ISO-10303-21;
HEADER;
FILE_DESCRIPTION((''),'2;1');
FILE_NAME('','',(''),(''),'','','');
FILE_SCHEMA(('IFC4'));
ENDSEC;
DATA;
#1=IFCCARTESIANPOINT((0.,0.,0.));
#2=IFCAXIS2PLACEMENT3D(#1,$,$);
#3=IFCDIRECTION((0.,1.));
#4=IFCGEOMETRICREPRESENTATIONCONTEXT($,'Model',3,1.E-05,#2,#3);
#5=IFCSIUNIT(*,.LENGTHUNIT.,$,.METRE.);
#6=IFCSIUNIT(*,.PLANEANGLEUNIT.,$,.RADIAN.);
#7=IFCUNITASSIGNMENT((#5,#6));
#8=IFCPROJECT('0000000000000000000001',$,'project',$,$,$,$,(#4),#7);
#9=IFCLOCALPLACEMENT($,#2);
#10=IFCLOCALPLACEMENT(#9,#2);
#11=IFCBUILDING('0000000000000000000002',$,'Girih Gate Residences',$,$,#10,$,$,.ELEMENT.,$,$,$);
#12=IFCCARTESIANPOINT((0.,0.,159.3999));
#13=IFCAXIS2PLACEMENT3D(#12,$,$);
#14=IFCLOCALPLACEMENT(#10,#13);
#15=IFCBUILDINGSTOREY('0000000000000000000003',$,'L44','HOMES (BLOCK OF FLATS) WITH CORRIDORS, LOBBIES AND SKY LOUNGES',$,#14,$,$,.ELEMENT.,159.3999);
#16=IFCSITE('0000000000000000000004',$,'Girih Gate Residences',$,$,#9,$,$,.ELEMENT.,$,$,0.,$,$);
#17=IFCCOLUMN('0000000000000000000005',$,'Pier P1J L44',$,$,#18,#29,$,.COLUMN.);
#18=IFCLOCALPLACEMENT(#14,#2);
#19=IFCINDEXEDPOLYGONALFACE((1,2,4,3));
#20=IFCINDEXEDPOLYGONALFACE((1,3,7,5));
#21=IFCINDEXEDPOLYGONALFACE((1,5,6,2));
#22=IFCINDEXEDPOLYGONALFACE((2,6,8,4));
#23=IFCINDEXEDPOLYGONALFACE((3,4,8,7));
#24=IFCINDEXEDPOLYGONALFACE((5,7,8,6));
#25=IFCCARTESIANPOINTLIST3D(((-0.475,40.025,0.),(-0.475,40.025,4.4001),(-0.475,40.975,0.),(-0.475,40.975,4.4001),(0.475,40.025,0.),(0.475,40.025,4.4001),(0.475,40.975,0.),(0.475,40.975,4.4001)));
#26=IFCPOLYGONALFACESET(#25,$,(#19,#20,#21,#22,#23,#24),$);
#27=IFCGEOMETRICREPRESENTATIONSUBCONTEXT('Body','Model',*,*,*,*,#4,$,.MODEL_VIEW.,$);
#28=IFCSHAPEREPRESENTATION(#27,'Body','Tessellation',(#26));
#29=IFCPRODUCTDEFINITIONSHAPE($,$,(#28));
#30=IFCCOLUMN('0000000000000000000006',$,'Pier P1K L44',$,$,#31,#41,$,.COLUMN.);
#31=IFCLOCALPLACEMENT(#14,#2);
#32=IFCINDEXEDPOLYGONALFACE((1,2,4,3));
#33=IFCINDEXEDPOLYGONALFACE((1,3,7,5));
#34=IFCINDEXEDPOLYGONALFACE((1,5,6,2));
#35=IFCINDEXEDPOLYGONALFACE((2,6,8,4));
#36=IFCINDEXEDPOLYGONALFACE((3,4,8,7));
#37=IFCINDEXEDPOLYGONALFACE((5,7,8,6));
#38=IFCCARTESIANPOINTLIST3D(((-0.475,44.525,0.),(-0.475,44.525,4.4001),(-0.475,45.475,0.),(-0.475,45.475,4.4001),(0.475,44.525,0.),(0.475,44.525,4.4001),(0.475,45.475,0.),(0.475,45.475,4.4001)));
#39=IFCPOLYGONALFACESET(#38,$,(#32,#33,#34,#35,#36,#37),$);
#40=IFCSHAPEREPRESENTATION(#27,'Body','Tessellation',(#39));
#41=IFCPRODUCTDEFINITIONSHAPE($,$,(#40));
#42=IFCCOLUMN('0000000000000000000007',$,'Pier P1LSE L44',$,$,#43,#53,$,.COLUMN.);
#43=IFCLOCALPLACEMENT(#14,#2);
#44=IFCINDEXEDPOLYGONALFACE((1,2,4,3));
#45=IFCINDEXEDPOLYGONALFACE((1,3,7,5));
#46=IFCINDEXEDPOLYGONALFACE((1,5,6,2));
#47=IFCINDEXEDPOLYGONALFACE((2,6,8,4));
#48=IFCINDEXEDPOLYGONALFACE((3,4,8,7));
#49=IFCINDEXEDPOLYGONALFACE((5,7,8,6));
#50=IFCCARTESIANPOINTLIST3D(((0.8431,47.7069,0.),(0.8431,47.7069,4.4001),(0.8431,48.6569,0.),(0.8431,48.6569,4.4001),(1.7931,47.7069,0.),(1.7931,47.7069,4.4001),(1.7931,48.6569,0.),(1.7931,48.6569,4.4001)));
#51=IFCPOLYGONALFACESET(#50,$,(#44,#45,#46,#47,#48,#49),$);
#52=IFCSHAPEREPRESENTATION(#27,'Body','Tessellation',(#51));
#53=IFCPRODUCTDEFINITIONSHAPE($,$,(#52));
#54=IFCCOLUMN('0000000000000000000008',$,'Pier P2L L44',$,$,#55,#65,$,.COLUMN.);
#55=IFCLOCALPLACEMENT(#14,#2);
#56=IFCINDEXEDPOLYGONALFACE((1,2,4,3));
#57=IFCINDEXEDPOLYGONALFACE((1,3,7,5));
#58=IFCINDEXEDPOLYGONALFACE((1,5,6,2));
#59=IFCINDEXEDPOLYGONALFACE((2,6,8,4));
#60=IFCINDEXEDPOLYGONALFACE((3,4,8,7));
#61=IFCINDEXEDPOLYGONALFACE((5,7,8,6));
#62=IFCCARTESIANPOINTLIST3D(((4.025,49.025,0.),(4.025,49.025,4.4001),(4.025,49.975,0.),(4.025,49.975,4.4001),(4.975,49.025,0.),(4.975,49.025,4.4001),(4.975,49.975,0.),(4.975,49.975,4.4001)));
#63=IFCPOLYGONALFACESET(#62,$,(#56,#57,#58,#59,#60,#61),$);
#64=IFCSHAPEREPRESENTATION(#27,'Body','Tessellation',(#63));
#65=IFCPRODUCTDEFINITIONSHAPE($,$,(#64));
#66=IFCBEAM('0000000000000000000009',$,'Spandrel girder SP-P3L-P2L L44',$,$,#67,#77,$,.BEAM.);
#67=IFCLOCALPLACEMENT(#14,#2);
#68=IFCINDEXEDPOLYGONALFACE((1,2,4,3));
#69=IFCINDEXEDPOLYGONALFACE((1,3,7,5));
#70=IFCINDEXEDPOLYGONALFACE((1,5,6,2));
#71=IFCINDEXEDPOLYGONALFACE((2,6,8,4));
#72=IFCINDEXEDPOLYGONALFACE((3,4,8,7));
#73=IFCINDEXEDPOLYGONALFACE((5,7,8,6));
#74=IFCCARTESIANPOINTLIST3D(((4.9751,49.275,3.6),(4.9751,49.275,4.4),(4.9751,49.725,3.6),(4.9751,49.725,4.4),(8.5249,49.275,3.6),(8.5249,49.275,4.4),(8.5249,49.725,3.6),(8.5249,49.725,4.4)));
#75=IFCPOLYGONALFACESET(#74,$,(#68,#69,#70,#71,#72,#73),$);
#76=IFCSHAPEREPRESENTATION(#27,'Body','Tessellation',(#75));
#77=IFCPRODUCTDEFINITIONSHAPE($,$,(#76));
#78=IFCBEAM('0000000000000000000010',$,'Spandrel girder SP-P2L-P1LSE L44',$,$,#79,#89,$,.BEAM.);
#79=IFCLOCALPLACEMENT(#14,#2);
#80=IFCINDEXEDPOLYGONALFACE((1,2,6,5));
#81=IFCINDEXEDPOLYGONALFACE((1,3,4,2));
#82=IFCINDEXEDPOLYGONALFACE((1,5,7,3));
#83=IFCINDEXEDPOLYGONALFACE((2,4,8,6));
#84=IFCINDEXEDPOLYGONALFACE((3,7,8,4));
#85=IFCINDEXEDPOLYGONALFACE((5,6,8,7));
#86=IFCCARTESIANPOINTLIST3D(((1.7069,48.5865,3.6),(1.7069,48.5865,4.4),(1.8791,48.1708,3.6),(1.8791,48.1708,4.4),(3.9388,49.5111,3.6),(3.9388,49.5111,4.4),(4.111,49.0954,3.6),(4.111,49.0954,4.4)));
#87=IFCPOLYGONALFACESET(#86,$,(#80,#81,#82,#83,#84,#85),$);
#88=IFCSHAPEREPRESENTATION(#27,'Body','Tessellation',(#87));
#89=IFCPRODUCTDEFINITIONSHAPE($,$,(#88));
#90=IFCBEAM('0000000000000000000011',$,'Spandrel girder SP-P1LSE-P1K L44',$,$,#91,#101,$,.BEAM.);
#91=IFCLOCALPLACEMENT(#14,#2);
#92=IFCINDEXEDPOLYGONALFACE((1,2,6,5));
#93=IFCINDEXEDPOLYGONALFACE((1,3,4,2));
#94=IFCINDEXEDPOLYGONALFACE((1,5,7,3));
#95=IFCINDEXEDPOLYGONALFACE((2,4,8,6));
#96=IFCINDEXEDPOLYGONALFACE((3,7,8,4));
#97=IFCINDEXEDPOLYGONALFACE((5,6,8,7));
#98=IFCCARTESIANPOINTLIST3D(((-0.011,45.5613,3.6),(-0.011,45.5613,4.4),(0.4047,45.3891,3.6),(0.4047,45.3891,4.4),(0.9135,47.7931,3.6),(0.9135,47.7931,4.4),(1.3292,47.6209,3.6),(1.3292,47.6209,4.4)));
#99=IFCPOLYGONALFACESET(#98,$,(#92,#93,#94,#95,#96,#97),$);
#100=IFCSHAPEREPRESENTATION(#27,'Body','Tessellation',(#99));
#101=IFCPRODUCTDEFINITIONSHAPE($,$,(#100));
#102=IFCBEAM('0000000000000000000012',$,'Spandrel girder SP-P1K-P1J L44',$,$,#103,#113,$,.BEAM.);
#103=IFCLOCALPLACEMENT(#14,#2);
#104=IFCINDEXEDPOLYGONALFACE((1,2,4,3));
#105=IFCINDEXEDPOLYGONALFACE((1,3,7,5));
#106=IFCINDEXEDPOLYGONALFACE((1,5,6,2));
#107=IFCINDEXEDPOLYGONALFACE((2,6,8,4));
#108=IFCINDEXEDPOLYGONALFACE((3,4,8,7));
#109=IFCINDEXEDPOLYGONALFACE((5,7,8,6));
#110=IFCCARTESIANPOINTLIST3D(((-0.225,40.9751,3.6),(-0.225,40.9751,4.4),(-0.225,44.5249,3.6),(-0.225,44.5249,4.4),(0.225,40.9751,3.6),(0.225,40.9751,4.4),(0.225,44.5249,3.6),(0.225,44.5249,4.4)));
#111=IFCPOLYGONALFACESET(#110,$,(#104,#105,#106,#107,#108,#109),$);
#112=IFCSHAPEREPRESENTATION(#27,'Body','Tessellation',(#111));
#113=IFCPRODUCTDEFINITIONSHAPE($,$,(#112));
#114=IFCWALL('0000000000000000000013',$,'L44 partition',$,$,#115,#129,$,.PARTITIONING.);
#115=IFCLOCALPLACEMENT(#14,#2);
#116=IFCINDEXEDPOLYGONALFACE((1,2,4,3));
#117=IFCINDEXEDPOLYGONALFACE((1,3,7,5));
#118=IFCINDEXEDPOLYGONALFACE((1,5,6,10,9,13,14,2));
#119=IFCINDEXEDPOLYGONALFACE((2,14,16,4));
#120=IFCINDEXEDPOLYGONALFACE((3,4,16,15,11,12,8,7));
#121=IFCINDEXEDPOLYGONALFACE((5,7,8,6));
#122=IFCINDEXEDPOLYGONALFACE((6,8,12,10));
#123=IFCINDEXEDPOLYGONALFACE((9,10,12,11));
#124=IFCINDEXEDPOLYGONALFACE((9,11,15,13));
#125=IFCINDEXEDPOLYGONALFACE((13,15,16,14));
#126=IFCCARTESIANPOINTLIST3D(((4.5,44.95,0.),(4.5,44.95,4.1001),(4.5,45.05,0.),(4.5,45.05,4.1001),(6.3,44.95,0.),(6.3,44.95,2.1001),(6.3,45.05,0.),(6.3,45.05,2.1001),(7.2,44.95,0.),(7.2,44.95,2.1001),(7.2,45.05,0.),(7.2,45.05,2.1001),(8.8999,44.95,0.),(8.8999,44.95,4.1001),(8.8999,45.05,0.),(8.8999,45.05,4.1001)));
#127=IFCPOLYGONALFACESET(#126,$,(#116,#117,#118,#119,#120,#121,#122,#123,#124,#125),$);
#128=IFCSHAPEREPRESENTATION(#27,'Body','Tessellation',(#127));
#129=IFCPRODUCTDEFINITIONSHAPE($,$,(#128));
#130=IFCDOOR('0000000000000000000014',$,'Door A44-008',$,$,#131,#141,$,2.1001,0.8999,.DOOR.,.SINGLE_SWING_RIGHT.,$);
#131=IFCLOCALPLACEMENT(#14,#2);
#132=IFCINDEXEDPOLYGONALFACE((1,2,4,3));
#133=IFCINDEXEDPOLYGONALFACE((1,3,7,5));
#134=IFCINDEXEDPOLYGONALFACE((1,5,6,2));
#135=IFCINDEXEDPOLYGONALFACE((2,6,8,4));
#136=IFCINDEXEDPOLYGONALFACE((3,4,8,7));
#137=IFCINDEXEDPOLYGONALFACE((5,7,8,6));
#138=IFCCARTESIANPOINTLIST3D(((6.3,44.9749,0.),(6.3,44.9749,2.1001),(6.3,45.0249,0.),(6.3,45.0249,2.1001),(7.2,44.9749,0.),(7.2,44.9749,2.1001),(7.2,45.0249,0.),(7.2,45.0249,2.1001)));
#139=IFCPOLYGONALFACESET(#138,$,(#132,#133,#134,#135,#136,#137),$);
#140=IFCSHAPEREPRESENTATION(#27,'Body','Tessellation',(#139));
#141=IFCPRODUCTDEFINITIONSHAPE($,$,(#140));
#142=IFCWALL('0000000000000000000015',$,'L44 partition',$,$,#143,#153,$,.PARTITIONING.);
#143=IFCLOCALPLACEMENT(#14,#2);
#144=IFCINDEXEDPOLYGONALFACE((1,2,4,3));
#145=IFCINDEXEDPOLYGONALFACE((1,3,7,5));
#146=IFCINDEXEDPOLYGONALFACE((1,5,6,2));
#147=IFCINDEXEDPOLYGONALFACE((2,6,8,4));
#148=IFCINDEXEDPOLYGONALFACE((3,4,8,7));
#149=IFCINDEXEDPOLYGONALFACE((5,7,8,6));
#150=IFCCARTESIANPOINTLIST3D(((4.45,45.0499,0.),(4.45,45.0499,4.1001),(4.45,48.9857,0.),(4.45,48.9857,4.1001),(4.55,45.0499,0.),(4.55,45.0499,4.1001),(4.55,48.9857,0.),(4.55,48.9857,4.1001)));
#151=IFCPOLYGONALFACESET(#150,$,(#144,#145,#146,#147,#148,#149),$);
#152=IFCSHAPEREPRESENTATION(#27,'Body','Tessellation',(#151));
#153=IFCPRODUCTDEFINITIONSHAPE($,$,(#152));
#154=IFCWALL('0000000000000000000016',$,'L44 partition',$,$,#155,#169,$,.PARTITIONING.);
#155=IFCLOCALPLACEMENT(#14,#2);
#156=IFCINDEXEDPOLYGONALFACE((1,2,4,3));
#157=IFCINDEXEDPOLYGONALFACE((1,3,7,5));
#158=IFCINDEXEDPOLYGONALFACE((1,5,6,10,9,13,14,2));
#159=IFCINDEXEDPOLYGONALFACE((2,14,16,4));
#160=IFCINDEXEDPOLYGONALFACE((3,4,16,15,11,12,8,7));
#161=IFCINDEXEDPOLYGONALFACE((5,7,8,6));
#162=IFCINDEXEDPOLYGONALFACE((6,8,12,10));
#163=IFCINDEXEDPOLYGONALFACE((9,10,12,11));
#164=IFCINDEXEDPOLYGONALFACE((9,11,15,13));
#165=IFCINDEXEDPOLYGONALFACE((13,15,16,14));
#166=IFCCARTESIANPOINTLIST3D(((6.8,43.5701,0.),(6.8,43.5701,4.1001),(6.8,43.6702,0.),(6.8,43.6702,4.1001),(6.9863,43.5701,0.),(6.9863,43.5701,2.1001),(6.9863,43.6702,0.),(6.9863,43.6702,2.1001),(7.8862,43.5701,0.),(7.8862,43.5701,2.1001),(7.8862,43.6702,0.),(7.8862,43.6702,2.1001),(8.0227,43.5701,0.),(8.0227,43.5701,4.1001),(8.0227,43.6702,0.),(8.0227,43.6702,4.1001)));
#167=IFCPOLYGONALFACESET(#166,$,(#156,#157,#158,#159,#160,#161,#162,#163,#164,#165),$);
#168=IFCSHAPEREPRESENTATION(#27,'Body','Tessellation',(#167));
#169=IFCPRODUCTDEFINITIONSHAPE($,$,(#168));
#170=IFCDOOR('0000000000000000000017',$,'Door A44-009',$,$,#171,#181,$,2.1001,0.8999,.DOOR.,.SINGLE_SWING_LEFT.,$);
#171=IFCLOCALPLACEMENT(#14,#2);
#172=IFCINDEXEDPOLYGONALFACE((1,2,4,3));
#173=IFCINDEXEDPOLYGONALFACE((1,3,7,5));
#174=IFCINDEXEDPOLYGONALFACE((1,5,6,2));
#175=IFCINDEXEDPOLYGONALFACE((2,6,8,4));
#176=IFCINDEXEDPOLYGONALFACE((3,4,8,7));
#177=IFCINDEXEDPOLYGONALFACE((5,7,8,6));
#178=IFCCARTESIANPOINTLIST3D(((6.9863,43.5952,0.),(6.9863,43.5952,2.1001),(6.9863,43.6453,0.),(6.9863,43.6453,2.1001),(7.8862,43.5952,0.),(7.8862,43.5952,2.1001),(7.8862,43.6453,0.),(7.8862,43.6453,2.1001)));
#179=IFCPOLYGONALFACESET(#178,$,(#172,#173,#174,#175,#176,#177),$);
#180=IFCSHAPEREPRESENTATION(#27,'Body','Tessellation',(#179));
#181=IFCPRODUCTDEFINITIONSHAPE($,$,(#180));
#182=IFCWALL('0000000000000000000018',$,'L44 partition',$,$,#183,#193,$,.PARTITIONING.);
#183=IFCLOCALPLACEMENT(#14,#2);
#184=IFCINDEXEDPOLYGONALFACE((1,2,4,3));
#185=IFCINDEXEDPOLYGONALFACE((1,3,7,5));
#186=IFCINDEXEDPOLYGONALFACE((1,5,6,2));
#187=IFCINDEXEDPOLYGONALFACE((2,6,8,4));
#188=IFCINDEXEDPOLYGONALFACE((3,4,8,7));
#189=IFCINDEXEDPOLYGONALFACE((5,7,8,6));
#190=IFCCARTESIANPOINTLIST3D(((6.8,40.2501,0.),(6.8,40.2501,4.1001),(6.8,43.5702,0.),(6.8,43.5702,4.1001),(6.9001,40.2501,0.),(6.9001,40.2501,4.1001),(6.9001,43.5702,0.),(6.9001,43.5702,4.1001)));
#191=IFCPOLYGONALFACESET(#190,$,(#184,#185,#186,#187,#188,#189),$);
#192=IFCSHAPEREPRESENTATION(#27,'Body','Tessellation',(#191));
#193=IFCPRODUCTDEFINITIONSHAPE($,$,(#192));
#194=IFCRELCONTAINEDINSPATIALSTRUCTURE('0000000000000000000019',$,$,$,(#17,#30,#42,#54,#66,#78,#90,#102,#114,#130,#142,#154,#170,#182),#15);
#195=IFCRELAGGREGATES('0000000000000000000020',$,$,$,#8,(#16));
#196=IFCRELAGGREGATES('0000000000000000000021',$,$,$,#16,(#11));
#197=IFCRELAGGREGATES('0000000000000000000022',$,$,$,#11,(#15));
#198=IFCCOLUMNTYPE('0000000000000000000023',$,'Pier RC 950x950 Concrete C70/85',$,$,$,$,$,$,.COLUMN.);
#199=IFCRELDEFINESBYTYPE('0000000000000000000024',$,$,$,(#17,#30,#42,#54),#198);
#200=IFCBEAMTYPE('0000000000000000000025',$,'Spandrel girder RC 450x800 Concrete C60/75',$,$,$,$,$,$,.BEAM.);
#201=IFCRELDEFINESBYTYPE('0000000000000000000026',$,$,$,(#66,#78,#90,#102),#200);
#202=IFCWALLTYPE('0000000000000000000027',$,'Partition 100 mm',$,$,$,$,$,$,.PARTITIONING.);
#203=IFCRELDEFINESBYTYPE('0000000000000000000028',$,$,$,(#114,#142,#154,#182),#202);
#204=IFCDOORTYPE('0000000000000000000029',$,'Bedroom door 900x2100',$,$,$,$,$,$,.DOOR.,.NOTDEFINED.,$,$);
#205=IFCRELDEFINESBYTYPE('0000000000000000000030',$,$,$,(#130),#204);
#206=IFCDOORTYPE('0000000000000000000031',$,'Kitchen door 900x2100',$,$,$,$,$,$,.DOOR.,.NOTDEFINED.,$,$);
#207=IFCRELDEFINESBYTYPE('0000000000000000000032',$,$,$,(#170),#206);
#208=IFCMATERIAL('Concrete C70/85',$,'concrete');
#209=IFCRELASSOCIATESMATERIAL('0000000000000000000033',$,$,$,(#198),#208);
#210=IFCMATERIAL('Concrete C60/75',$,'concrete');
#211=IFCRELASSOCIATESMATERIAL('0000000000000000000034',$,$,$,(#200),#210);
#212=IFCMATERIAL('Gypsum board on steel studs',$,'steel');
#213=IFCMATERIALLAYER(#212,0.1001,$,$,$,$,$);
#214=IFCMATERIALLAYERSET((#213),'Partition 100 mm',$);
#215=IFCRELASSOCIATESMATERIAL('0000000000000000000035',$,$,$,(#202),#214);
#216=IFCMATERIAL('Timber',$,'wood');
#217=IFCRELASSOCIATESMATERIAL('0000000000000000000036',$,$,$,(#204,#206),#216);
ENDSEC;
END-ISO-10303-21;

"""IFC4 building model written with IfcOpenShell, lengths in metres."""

from ifc_helpers import new_model, si_unit, direction, frame, frame_2d, origin, origin_2d, place, context, subcontext, project, spatial, rectangle, extrude, material, layer, layer_set, material_profile, profile_set, type_object, element, fill, save


model = new_model("IFC4")

# Units and contexts
model_context = context("Model", 3, precision=1e-05, world=origin(), true_north=direction((0.0, 1.0)))
body_context = subcontext(model_context, "Body", "Model", "MODEL_VIEW")
ifc_project = project(units=[si_unit("LENGTHUNIT", "METRE"), si_unit("PLANEANGLEUNIT", "RADIAN")], contexts=[model_context])

# Site, building, storey
site_placement = place(None, origin())
site = spatial("IfcSite", under=ifc_project, at=site_placement, Name="Girih Gate Residences", CompositionType="ELEMENT", RefElevation=0.0)
building_placement = place(site_placement, origin())
building = spatial("IfcBuilding", under=site, at=building_placement, Name="Girih Gate Residences", CompositionType="ELEMENT")
storey_placement = place(building_placement, frame((0.0, 0.0, 159.3999)))
storey = spatial("IfcBuildingStorey", under=building, at=storey_placement, Name="L44", Description="HOMES (BLOCK OF FLATS) WITH CORRIDORS, LOBBIES AND SKY LOUNGES", CompositionType="ELEMENT", Elevation=159.3999)

# Columns
ifc_material_1 = material(Name="Concrete C70/85", Category="concrete")
ifc_material_profile_1 = material_profile(ifc_material_1, rectangle(XDim=0.95, YDim=0.95, at=origin_2d()))
ifc_profile_set_1 = profile_set([ifc_material_profile_1], Name="Concrete C70/85")
column_type = type_object("IfcColumnType", Name="Pier RC 950x950 Concrete C70/85", PredefinedType="COLUMN", material=ifc_profile_set_1)
for number, where, z_axis, x_axis, name in (
    (1, (0.0, 40.5, 0.0), (0.0, 0.0, 1.0), (1.0, 0.0, 0.0), "Pier P1J L44"),
    (2, (0.0, 45.0, 0.0), (0.0, 0.0, 1.0), (1.0, 0.0, 0.0), "Pier P1K L44"),
    (3, (1.3181, 48.1819, 0.0), (0.0, 0.0, 1.0), (1.0, 0.0, 0.0), "Pier P1LSE L44"),
    (4, (4.5, 49.5, 0.0), (0.0, 0.0, 1.0), (1.0, 0.0, 0.0), "Pier P2L L44"),
):
    element("IfcColumn", number, at=place(storey_placement, frame(where, z_axis=z_axis, x_axis=x_axis)), inside=storey, type_object=column_type, Name=name, PredefinedType="COLUMN", context=body_context, shape_type="SweptSolid", body=[
        extrude(rectangle(XDim=0.95, YDim=0.95, at=origin_2d()), origin(), (0.0, 0.0, 1.0), 4.4001),
    ])

# Beams
ifc_material_2 = material(Name="Concrete C60/75", Category="concrete")
ifc_material_profile_2 = material_profile(ifc_material_2, rectangle(XDim=0.45, YDim=0.8, at=origin_2d()))
ifc_profile_set_2 = profile_set([ifc_material_profile_2], Name="Concrete C60/75")
beam_type = type_object("IfcBeamType", Name="Spandrel girder RC 450x800 Concrete C60/75", PredefinedType="BEAM", material=ifc_profile_set_2)
beam_1_placement = place(storey_placement, frame((8.5249, 49.5, 4.0), z_axis=(-1.0, 0.0, 0.0), x_axis=(0.0, -1.0, 0.0)))
element("IfcBeam", 5, at=beam_1_placement, inside=storey, type_object=beam_type, Name="Spandrel girder SP-P3L-P2L L44", PredefinedType="BEAM", context=body_context, shape_type="SweptSolid", body=[
    extrude(rectangle(XDim=0.45, YDim=0.8, at=origin_2d()), origin(), (0.0, 0.0, 1.0), 3.5498),
])
for number, where, z_axis, x_axis, name in (
    (6, (4.0249, 49.3032, 4.0), (-0.92387, -0.382706, 0.0), (0.382706, -0.92387, 0.0), "Spandrel girder SP-P2L-P1LSE L44"),
    (7, (1.1213, 47.707, 4.0), (-0.382706, -0.92387, 0.0), (0.92387, -0.382706, 0.0), "Spandrel girder SP-P1LSE-P1K L44"),
):
    element("IfcBeam", number, at=place(storey_placement, frame(where, z_axis=z_axis, x_axis=x_axis)), inside=storey, type_object=beam_type, Name=name, PredefinedType="BEAM", context=body_context, shape_type="SweptSolid", body=[
        extrude(rectangle(XDim=0.45, YDim=0.8, at=origin_2d()), origin(), (0.0, 0.0, 1.0), 2.4158),
    ])
beam_2_placement = place(storey_placement, frame((0.0, 44.5249, 4.0), z_axis=(0.0, -1.0, 0.0), x_axis=(1.0, 0.0, 0.0)))
element("IfcBeam", 8, at=beam_2_placement, inside=storey, type_object=beam_type, Name="Spandrel girder SP-P1K-P1J L44", PredefinedType="BEAM", context=body_context, shape_type="SweptSolid", body=[
    extrude(rectangle(XDim=0.45, YDim=0.8, at=origin_2d()), origin(), (0.0, 0.0, 1.0), 3.5498),
])

# Wall, opening, door
ifc_material_3 = material(Name="Gypsum board on steel studs", Category="steel")
ifc_layer_1 = layer(ifc_material_3, 0.1001)
ifc_layer_set_1 = layer_set([ifc_layer_1], Name="Partition 100 mm")
wall_type_1 = type_object("IfcWallType", Name="Partition 100 mm", PredefinedType="PARTITIONING", material=ifc_layer_set_1)
wall_1_placement = place(storey_placement, frame((4.5, 45.0, 0.0), z_axis=(0.0, 0.0, 1.0), x_axis=(1.0, 0.0, 0.0)))
wall_1 = element("IfcWall", 9, at=wall_1_placement, inside=storey, type_object=wall_type_1, Name="L44 partition", PredefinedType="PARTITIONING", context=body_context, shape_type="SweptSolid", body=[
    extrude(rectangle(XDim=4.3999, YDim=0.1001, at=frame_2d((2.2, 0.0))), origin(), (0.0, 0.0, 1.0), 4.1001),
])
opening_1_placement = place(wall_1_placement, frame((1.8, 0.0, 0.0)))
opening_1 = element("IfcOpeningElement", 10, at=opening_1_placement, cuts=wall_1, PredefinedType="OPENING", context=body_context, shape_type="SweptSolid", body=[
    extrude(rectangle(XDim=0.8999, YDim=2.1001, at=frame_2d((0.45, 1.05))), frame((0.0, 0.0601, 0.0), z_axis=(0.0, -1.0, 0.0), x_axis=(1.0, 0.0, 0.0)), (0.0, 0.0, 1.0), 0.1201),
])
ifc_material_4 = material(Name="Timber", Category="wood")
door_type_1 = type_object("IfcDoorType", Name="Bedroom door 900x2100", OperationType="NOTDEFINED", PredefinedType="DOOR", material=ifc_material_4)
door_1_placement = place(opening_1_placement, origin())
door_1 = element("IfcDoor", 11, at=door_1_placement, inside=storey, type_object=door_type_1, Name="Door A44-008", OperationType="SINGLE_SWING_RIGHT", OverallHeight=2.1001, OverallWidth=0.8999, PredefinedType="DOOR", context=body_context, shape_type="SweptSolid", body=[
    extrude(rectangle(XDim=0.8999, YDim=2.1001, at=frame_2d((0.45, 1.05))), frame((0.0, 0.0249, 0.0), z_axis=(0.0, -1.0, 0.0), x_axis=(1.0, 0.0, 0.0)), (0.0, 0.0, 1.0), 0.05),
])
fill(opening_1, door_1)

# Wall
wall_2_placement = place(storey_placement, frame((4.5, 45.05, 0.0), z_axis=(0.0, 0.0, 1.0), x_axis=(0.0, 1.0, 0.0)))
element("IfcWall", 12, at=wall_2_placement, inside=storey, type_object=wall_type_1, Name="L44 partition", PredefinedType="PARTITIONING", context=body_context, shape_type="SweptSolid", body=[
    extrude(rectangle(XDim=3.9358, YDim=0.1001, at=frame_2d((1.9678, 0.0))), origin(), (0.0, 0.0, 1.0), 4.1001),
])

# Wall, opening, door
wall_3_placement = place(storey_placement, frame((8.0227, 43.6201, 0.0), z_axis=(0.0, 0.0, 1.0), x_axis=(-1.0, 0.0, 0.0)))
wall_3 = element("IfcWall", 13, at=wall_3_placement, inside=storey, type_object=wall_type_1, Name="L44 partition", PredefinedType="PARTITIONING", context=body_context, shape_type="SweptSolid", body=[
    extrude(rectangle(XDim=1.2227, YDim=0.1001, at=frame_2d((0.6113, 0.0))), origin(), (0.0, 0.0, 1.0), 4.1001),
])
opening_2_placement = place(wall_3_placement, frame((0.1365, 0.0, 0.0)))
opening_2 = element("IfcOpeningElement", 14, at=opening_2_placement, cuts=wall_3, PredefinedType="OPENING", context=body_context, shape_type="SweptSolid", body=[
    extrude(rectangle(XDim=0.8999, YDim=2.1001, at=frame_2d((0.45, 1.05))), frame((0.0, 0.0601, 0.0), z_axis=(0.0, -1.0, 0.0), x_axis=(1.0, 0.0, 0.0)), (0.0, 0.0, 1.0), 0.1201),
])
door_type_2 = type_object("IfcDoorType", Name="Kitchen door 900x2100", OperationType="NOTDEFINED", PredefinedType="DOOR", material=ifc_material_4)
door_2_placement = place(opening_2_placement, origin())
door_2 = element("IfcDoor", 15, at=door_2_placement, inside=storey, type_object=door_type_2, Name="Door A44-009", OperationType="SINGLE_SWING_LEFT", OverallHeight=2.1001, OverallWidth=0.8999, PredefinedType="DOOR", context=body_context, shape_type="SweptSolid", body=[
    extrude(rectangle(XDim=0.8999, YDim=2.1001, at=frame_2d((0.45, 1.05))), frame((0.0, 0.0249, 0.0), z_axis=(0.0, -1.0, 0.0), x_axis=(1.0, 0.0, 0.0)), (0.0, 0.0, 1.0), 0.05),
])
fill(opening_2, door_2)

# Wall
wall_4_placement = place(storey_placement, frame((6.8501, 40.25, 0.0), z_axis=(0.0, 0.0, 1.0), x_axis=(0.0, 1.0, 0.0)))
element("IfcWall", 16, at=wall_4_placement, inside=storey, type_object=wall_type_1, Name="L44 partition", PredefinedType="PARTITIONING", context=body_context, shape_type="SweptSolid", body=[
    extrude(rectangle(XDim=3.3201, YDim=0.1001, at=frame_2d((1.6602, 0.0))), origin(), (0.0, 0.0, 1.0), 4.1001),
])

save(model, "model.ifc")
